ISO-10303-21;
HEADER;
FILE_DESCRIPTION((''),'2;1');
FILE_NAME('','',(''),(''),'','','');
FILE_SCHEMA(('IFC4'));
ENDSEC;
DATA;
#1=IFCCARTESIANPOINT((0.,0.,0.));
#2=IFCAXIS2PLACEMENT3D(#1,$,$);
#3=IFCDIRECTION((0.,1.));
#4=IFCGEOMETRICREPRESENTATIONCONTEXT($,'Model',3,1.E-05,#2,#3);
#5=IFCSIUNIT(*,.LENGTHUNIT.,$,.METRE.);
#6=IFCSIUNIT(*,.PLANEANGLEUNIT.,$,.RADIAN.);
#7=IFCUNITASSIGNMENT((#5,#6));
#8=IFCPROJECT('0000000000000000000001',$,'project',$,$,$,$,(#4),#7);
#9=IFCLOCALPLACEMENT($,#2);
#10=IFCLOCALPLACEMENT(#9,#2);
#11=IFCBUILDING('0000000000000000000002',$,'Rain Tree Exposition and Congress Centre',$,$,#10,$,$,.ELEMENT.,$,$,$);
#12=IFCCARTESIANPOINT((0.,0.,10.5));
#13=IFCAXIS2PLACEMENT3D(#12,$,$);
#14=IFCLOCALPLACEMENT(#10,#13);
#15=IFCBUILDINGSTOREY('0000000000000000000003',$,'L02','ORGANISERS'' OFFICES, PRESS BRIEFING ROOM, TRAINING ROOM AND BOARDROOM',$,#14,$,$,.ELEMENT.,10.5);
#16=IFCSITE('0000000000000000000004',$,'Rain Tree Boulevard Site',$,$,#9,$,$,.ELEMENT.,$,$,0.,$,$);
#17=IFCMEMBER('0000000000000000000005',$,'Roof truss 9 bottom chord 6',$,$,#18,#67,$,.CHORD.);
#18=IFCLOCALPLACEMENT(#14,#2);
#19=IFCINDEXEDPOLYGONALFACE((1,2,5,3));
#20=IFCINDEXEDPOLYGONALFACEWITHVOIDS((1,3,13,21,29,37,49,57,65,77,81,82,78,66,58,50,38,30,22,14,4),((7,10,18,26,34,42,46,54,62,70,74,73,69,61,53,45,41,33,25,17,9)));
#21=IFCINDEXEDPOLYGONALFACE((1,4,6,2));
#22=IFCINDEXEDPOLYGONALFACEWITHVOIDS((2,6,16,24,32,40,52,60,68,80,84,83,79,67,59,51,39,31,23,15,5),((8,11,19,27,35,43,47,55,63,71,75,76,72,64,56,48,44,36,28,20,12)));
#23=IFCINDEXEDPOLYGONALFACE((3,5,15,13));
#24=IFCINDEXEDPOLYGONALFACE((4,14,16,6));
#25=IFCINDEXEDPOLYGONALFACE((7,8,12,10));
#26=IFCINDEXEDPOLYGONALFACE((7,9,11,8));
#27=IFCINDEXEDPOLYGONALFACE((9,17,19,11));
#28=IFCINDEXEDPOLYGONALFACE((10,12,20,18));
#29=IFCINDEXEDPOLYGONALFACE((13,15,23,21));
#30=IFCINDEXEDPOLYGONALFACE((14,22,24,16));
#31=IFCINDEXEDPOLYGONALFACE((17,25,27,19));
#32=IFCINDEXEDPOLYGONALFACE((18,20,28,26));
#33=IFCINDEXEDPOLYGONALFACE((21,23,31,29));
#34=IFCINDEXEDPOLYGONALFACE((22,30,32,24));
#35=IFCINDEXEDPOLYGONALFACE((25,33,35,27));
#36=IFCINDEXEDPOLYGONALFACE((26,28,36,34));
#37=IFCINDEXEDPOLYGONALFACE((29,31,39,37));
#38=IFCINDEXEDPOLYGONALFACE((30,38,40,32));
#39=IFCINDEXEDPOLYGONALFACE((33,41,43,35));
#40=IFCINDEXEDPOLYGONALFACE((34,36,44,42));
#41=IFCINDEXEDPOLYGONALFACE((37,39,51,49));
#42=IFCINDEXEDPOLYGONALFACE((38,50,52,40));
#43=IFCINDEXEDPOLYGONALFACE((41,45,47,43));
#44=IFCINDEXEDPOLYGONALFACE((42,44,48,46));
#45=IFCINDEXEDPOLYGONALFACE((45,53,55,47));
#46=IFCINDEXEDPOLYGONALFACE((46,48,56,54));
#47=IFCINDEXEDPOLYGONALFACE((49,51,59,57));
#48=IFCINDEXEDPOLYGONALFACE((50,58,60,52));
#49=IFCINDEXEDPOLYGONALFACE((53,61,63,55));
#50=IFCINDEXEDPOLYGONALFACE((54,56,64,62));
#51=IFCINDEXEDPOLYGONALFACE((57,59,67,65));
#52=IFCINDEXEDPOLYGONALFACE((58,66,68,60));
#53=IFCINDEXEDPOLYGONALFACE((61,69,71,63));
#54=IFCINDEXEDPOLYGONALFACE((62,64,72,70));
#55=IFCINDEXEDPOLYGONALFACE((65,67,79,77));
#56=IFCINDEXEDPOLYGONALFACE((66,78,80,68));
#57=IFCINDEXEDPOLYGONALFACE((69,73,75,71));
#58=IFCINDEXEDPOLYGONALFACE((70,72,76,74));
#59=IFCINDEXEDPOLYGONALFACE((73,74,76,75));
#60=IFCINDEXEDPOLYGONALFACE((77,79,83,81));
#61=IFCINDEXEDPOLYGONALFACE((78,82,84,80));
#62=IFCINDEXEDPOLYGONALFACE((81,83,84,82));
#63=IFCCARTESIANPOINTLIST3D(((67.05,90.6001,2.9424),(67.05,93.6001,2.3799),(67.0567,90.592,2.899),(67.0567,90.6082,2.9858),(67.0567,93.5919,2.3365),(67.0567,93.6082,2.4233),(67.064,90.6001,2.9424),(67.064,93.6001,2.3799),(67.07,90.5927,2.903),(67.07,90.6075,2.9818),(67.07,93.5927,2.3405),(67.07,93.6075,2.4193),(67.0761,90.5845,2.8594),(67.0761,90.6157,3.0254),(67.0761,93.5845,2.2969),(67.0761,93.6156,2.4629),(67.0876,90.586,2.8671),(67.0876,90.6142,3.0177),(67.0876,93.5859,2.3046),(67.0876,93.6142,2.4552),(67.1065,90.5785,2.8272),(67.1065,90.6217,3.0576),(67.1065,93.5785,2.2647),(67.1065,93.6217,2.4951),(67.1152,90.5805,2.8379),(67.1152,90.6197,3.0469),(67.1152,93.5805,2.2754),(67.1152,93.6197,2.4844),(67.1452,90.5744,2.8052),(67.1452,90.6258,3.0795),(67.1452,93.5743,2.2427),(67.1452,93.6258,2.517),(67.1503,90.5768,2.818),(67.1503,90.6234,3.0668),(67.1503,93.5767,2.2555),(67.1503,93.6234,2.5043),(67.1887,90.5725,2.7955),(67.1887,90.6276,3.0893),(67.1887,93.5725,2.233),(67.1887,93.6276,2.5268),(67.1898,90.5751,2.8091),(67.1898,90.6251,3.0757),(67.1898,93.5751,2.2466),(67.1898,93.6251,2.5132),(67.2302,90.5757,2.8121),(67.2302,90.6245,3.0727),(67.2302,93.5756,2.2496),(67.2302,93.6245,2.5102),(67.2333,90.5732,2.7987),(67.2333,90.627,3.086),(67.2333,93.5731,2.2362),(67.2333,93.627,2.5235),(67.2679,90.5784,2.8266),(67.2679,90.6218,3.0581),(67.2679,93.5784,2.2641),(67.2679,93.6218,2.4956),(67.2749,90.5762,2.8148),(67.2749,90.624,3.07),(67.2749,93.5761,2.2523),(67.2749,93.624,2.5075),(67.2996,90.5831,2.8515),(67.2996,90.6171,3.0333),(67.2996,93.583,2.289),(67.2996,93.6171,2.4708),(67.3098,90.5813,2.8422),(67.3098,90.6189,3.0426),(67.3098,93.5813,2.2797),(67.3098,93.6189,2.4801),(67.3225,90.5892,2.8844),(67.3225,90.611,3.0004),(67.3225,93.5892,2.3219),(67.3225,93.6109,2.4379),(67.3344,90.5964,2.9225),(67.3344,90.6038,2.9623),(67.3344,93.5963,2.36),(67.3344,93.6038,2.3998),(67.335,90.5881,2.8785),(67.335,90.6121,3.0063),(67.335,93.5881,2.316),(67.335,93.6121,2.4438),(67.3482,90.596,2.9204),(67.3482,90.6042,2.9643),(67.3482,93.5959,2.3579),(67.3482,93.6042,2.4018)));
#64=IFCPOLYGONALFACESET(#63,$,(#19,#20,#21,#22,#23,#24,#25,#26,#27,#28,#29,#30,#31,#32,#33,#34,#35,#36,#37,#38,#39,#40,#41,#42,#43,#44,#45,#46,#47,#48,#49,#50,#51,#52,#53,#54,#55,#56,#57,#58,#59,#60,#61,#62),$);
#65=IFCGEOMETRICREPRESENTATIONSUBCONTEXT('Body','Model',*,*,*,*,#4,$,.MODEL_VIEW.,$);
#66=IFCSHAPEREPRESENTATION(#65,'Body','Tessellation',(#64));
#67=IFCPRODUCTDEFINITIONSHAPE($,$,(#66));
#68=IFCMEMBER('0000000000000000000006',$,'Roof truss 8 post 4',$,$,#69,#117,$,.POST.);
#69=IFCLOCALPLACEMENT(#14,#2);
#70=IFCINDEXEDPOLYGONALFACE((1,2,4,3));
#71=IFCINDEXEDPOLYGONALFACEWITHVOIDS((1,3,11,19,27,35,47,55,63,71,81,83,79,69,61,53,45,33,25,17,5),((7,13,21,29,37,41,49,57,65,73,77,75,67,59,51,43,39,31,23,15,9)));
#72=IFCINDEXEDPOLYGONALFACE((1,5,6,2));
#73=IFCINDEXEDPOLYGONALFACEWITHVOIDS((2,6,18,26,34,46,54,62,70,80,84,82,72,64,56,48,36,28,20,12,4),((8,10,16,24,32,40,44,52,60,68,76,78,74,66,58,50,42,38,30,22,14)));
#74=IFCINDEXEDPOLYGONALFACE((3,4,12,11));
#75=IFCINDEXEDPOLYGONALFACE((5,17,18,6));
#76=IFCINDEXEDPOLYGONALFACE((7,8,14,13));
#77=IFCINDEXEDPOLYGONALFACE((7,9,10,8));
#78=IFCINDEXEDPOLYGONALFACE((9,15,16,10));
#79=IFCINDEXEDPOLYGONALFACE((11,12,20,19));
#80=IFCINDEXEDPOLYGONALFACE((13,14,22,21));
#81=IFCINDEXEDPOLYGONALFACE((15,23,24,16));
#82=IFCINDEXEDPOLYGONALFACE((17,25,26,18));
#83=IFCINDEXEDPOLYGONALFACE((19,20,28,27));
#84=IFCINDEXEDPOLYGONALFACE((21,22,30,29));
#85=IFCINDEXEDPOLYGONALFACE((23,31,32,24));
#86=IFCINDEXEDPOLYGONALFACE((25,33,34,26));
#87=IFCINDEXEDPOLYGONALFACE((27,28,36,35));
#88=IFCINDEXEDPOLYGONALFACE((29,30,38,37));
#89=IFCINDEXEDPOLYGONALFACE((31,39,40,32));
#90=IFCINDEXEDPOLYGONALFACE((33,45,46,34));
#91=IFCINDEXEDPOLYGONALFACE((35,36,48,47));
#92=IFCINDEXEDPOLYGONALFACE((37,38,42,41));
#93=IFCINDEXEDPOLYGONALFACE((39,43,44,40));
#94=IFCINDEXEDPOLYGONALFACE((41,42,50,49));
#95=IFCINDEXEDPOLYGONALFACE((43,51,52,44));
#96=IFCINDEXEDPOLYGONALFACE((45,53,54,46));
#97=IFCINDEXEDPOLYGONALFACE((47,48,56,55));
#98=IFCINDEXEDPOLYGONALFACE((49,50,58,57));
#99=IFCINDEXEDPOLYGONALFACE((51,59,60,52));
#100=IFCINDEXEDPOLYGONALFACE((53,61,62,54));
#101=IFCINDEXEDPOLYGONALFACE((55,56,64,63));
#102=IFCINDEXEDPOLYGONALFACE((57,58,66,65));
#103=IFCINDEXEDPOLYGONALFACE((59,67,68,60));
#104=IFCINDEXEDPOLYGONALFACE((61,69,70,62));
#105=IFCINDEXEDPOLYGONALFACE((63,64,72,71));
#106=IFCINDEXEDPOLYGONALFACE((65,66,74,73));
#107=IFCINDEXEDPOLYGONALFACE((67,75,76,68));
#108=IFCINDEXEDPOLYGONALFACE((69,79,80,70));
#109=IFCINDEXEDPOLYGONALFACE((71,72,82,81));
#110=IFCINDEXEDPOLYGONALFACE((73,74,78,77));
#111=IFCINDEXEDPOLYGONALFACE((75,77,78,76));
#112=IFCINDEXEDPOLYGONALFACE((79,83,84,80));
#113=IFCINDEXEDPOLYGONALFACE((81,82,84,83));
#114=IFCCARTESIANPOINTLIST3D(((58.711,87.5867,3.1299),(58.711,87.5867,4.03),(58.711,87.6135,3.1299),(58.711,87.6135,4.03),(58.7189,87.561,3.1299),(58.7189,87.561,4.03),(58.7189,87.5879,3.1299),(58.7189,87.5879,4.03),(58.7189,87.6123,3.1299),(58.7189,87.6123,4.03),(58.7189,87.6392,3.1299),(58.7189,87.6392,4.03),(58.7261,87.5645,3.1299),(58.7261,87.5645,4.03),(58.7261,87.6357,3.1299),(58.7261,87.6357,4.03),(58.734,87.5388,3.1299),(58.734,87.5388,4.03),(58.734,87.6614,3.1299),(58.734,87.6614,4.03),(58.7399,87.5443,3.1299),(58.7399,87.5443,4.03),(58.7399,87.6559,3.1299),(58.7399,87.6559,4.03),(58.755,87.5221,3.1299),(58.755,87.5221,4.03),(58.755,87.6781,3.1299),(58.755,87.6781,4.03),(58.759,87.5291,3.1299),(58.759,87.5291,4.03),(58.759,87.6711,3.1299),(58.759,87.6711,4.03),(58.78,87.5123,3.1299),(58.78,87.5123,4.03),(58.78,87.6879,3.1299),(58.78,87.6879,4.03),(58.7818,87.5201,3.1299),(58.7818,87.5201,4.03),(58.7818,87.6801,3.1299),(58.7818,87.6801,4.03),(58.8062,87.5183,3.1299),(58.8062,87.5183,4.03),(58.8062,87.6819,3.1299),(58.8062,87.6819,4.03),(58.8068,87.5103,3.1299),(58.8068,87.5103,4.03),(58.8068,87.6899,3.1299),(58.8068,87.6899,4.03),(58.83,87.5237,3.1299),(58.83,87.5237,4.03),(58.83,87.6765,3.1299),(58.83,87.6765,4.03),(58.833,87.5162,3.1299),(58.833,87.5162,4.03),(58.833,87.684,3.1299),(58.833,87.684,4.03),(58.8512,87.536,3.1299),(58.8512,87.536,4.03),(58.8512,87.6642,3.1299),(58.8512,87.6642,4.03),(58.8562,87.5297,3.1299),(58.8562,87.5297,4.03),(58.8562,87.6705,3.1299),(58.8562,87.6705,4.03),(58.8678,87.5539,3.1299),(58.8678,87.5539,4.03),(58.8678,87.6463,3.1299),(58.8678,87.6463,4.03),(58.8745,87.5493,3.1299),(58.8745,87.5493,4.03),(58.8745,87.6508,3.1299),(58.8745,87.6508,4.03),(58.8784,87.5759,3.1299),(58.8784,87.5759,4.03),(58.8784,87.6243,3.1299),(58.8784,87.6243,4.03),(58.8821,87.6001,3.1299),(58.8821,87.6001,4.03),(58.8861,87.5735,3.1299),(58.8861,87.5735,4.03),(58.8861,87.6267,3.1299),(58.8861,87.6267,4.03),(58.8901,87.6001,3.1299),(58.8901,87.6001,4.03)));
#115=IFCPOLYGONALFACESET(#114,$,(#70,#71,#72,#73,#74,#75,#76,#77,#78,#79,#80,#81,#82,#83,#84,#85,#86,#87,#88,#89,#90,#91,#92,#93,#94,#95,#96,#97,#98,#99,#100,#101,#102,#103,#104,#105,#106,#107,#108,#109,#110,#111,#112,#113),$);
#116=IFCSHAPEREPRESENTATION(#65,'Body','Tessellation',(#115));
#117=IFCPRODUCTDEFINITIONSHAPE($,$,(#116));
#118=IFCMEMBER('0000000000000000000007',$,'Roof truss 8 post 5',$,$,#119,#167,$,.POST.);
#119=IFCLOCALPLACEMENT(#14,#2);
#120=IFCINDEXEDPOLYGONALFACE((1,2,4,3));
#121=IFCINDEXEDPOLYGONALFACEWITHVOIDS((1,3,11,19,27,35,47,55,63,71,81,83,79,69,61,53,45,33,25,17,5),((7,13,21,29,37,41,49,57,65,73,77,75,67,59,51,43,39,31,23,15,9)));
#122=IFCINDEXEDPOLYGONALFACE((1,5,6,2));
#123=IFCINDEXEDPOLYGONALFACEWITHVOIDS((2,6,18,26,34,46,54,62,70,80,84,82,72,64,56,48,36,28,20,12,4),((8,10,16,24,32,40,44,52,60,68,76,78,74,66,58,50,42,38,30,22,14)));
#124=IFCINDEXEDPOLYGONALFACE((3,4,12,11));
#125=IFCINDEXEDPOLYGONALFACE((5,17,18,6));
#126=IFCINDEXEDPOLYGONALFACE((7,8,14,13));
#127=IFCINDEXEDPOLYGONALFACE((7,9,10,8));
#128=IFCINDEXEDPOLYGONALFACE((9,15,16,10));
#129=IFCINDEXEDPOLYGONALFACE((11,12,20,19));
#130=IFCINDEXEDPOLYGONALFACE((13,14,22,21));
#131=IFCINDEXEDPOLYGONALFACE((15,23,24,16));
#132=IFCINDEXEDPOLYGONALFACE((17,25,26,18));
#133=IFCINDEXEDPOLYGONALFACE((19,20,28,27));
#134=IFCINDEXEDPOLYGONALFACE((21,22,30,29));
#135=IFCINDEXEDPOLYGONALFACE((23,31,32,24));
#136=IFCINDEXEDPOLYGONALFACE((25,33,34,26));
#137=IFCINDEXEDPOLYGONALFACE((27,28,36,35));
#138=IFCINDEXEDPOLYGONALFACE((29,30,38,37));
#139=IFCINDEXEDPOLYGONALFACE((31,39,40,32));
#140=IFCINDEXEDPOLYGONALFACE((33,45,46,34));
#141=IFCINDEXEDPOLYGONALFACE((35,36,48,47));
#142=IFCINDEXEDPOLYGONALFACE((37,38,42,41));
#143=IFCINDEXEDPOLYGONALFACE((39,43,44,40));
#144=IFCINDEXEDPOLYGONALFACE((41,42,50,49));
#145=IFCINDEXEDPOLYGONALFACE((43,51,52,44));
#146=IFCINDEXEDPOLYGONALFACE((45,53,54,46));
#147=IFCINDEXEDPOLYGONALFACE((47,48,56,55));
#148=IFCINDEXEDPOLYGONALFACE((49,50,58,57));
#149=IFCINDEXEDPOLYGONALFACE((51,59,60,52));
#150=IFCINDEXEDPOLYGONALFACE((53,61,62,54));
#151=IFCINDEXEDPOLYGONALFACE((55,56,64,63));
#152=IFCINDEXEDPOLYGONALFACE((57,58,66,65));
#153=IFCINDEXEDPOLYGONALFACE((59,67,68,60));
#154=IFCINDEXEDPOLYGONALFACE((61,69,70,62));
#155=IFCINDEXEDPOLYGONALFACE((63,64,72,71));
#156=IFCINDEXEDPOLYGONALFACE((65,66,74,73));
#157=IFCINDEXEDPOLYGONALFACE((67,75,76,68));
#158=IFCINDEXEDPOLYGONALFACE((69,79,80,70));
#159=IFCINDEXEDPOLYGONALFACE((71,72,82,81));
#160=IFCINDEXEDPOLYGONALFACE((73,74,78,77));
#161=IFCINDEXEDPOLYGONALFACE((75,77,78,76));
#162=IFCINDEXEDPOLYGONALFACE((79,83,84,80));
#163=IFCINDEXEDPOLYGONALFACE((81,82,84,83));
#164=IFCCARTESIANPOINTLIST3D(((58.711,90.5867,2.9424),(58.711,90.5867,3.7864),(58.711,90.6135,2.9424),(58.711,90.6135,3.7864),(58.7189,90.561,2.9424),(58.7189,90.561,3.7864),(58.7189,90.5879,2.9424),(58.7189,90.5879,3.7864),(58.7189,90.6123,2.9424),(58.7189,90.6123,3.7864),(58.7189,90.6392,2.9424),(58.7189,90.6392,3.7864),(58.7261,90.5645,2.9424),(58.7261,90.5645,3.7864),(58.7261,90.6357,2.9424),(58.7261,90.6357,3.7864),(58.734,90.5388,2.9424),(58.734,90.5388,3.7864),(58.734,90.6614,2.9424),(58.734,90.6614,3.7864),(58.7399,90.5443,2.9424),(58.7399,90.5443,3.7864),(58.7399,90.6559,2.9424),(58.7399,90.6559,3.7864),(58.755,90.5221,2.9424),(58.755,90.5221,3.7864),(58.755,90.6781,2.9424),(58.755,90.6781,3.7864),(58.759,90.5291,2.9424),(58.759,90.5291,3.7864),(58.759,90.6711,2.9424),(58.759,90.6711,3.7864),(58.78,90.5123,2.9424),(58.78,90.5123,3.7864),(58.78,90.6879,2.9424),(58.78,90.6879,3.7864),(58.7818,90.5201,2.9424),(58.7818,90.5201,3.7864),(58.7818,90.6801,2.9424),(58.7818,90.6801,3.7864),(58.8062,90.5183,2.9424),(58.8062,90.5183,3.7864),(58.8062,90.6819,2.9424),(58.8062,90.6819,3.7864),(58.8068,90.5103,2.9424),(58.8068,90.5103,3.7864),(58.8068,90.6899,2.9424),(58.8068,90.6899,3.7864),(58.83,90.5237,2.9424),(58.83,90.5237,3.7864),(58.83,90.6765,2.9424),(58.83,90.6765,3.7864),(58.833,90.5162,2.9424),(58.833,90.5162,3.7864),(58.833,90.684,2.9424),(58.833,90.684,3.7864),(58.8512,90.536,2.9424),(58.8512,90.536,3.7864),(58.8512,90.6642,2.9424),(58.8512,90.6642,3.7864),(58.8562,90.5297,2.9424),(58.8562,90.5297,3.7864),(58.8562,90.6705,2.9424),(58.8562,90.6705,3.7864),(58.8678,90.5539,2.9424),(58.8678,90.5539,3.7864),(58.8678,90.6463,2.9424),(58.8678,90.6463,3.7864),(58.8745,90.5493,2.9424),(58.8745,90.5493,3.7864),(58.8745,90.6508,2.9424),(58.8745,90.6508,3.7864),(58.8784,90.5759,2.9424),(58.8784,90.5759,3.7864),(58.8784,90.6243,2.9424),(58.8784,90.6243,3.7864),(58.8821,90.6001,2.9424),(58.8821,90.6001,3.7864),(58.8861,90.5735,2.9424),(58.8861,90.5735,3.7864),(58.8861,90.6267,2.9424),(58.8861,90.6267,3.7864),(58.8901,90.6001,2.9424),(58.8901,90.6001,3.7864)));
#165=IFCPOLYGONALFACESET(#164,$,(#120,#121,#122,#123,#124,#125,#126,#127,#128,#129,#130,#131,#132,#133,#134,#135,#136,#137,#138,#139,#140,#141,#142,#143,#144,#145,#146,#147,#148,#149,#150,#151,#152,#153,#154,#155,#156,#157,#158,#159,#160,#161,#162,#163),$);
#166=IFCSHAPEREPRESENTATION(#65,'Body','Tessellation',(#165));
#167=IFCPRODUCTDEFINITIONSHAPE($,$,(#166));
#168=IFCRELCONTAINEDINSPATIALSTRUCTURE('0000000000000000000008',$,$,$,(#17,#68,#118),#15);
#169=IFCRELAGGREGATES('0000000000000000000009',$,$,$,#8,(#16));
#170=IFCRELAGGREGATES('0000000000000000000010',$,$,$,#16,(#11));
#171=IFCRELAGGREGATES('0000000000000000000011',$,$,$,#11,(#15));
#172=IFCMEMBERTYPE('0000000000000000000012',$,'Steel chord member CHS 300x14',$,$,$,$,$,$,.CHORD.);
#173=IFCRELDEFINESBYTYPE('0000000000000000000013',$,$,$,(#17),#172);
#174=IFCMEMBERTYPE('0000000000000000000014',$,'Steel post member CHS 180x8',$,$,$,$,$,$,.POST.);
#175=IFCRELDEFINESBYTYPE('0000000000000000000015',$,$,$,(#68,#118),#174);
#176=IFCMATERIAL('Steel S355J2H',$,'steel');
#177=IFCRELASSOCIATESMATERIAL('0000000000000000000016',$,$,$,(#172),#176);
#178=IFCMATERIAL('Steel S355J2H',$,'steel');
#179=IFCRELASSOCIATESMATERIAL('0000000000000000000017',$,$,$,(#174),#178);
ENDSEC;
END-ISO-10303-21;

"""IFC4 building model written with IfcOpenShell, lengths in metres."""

from ifc_helpers import new_model, si_unit, direction, frame, origin, origin_2d, place, context, subcontext, project, spatial, hollow_circle, extrude, material, material_profile, profile_set, type_object, element, save


model = new_model("IFC4")

# Units and contexts
model_context = context("Model", 3, precision=1e-05, world=origin(), true_north=direction((0.0, 1.0)))
body_context = subcontext(model_context, "Body", "Model", "MODEL_VIEW")
ifc_project = project(units=[si_unit("LENGTHUNIT", "METRE"), si_unit("PLANEANGLEUNIT", "RADIAN")], contexts=[model_context])

# Site, building, storey
site_placement = place(None, origin())
site = spatial("IfcSite", under=ifc_project, at=site_placement, Name="Rain Tree Boulevard Site", CompositionType="ELEMENT", RefElevation=0.0)
building_placement = place(site_placement, origin())
building = spatial("IfcBuilding", under=site, at=building_placement, Name="Rain Tree Exposition and Congress Centre", CompositionType="ELEMENT")
storey_placement = place(building_placement, frame((0.0, 0.0, 10.5)))
storey = spatial("IfcBuildingStorey", under=building, at=storey_placement, Name="L02", Description="ORGANISERS' OFFICES, PRESS BRIEFING ROOM, TRAINING ROOM AND BOARDROOM", CompositionType="ELEMENT", Elevation=10.5)

# Members
ifc_material_1 = material(Name="Steel S355J2H", Category="steel")
ifc_material_profile_1 = material_profile(ifc_material_1, hollow_circle(Radius=0.1499, WallThickness=0.0139, at=origin_2d()), Name="CHS 300x14")
ifc_profile_set_1 = profile_set([ifc_material_profile_1], Name="Steel S355J2H")
member_type_1 = type_object("IfcMemberType", Name="Steel chord member CHS 300x14", PredefinedType="CHORD", material=ifc_profile_set_1)
member_1_placement = place(storey_placement, frame((67.2, 90.6001, 2.9424), z_axis=(0.0, 0.982872, -0.184289), x_axis=(-1.0, 0.0, 0.0)))
element("IfcMember", 1, at=member_1_placement, inside=storey, type_object=member_type_1, Name="Roof truss 9 bottom chord 6", PredefinedType="CHORD", context=body_context, shape_type="SweptSolid", body=[
    extrude(hollow_circle(Radius=0.1499, WallThickness=0.0139, at=origin_2d()), origin(), (0.0, 0.0, 1.0), 3.0522),
])
ifc_material_2 = material(Name="Steel S355J2H", Category="steel")
ifc_material_profile_2 = material_profile(ifc_material_2, hollow_circle(Radius=0.0901, WallThickness=0.0081, at=origin_2d()), Name="CHS 180x8")
ifc_profile_set_2 = profile_set([ifc_material_profile_2], Name="Steel S355J2H")
member_type_2 = type_object("IfcMemberType", Name="Steel post member CHS 180x8", PredefinedType="POST", material=ifc_profile_set_2)
member_2_placement = place(storey_placement, frame((58.8, 87.6001, 3.1299), z_axis=(0.0, 0.0, 1.0), x_axis=(1.0, 0.0, 0.0)))
element("IfcMember", 2, at=member_2_placement, inside=storey, type_object=member_type_2, Name="Roof truss 8 post 4", PredefinedType="POST", context=body_context, shape_type="SweptSolid", body=[
    extrude(hollow_circle(Radius=0.0901, WallThickness=0.0081, at=origin_2d()), origin(), (0.0, 0.0, 1.0), 0.9001),
])
member_3_placement = place(storey_placement, frame((58.8, 90.6001, 2.9424), z_axis=(0.0, 0.0, 1.0), x_axis=(1.0, 0.0, 0.0)))
element("IfcMember", 3, at=member_3_placement, inside=storey, type_object=member_type_2, Name="Roof truss 8 post 5", PredefinedType="POST", context=body_context, shape_type="SweptSolid", body=[
    extrude(hollow_circle(Radius=0.0901, WallThickness=0.0081, at=origin_2d()), origin(), (0.0, 0.0, 1.0), 0.844),
])

save(model, "model.ifc")
